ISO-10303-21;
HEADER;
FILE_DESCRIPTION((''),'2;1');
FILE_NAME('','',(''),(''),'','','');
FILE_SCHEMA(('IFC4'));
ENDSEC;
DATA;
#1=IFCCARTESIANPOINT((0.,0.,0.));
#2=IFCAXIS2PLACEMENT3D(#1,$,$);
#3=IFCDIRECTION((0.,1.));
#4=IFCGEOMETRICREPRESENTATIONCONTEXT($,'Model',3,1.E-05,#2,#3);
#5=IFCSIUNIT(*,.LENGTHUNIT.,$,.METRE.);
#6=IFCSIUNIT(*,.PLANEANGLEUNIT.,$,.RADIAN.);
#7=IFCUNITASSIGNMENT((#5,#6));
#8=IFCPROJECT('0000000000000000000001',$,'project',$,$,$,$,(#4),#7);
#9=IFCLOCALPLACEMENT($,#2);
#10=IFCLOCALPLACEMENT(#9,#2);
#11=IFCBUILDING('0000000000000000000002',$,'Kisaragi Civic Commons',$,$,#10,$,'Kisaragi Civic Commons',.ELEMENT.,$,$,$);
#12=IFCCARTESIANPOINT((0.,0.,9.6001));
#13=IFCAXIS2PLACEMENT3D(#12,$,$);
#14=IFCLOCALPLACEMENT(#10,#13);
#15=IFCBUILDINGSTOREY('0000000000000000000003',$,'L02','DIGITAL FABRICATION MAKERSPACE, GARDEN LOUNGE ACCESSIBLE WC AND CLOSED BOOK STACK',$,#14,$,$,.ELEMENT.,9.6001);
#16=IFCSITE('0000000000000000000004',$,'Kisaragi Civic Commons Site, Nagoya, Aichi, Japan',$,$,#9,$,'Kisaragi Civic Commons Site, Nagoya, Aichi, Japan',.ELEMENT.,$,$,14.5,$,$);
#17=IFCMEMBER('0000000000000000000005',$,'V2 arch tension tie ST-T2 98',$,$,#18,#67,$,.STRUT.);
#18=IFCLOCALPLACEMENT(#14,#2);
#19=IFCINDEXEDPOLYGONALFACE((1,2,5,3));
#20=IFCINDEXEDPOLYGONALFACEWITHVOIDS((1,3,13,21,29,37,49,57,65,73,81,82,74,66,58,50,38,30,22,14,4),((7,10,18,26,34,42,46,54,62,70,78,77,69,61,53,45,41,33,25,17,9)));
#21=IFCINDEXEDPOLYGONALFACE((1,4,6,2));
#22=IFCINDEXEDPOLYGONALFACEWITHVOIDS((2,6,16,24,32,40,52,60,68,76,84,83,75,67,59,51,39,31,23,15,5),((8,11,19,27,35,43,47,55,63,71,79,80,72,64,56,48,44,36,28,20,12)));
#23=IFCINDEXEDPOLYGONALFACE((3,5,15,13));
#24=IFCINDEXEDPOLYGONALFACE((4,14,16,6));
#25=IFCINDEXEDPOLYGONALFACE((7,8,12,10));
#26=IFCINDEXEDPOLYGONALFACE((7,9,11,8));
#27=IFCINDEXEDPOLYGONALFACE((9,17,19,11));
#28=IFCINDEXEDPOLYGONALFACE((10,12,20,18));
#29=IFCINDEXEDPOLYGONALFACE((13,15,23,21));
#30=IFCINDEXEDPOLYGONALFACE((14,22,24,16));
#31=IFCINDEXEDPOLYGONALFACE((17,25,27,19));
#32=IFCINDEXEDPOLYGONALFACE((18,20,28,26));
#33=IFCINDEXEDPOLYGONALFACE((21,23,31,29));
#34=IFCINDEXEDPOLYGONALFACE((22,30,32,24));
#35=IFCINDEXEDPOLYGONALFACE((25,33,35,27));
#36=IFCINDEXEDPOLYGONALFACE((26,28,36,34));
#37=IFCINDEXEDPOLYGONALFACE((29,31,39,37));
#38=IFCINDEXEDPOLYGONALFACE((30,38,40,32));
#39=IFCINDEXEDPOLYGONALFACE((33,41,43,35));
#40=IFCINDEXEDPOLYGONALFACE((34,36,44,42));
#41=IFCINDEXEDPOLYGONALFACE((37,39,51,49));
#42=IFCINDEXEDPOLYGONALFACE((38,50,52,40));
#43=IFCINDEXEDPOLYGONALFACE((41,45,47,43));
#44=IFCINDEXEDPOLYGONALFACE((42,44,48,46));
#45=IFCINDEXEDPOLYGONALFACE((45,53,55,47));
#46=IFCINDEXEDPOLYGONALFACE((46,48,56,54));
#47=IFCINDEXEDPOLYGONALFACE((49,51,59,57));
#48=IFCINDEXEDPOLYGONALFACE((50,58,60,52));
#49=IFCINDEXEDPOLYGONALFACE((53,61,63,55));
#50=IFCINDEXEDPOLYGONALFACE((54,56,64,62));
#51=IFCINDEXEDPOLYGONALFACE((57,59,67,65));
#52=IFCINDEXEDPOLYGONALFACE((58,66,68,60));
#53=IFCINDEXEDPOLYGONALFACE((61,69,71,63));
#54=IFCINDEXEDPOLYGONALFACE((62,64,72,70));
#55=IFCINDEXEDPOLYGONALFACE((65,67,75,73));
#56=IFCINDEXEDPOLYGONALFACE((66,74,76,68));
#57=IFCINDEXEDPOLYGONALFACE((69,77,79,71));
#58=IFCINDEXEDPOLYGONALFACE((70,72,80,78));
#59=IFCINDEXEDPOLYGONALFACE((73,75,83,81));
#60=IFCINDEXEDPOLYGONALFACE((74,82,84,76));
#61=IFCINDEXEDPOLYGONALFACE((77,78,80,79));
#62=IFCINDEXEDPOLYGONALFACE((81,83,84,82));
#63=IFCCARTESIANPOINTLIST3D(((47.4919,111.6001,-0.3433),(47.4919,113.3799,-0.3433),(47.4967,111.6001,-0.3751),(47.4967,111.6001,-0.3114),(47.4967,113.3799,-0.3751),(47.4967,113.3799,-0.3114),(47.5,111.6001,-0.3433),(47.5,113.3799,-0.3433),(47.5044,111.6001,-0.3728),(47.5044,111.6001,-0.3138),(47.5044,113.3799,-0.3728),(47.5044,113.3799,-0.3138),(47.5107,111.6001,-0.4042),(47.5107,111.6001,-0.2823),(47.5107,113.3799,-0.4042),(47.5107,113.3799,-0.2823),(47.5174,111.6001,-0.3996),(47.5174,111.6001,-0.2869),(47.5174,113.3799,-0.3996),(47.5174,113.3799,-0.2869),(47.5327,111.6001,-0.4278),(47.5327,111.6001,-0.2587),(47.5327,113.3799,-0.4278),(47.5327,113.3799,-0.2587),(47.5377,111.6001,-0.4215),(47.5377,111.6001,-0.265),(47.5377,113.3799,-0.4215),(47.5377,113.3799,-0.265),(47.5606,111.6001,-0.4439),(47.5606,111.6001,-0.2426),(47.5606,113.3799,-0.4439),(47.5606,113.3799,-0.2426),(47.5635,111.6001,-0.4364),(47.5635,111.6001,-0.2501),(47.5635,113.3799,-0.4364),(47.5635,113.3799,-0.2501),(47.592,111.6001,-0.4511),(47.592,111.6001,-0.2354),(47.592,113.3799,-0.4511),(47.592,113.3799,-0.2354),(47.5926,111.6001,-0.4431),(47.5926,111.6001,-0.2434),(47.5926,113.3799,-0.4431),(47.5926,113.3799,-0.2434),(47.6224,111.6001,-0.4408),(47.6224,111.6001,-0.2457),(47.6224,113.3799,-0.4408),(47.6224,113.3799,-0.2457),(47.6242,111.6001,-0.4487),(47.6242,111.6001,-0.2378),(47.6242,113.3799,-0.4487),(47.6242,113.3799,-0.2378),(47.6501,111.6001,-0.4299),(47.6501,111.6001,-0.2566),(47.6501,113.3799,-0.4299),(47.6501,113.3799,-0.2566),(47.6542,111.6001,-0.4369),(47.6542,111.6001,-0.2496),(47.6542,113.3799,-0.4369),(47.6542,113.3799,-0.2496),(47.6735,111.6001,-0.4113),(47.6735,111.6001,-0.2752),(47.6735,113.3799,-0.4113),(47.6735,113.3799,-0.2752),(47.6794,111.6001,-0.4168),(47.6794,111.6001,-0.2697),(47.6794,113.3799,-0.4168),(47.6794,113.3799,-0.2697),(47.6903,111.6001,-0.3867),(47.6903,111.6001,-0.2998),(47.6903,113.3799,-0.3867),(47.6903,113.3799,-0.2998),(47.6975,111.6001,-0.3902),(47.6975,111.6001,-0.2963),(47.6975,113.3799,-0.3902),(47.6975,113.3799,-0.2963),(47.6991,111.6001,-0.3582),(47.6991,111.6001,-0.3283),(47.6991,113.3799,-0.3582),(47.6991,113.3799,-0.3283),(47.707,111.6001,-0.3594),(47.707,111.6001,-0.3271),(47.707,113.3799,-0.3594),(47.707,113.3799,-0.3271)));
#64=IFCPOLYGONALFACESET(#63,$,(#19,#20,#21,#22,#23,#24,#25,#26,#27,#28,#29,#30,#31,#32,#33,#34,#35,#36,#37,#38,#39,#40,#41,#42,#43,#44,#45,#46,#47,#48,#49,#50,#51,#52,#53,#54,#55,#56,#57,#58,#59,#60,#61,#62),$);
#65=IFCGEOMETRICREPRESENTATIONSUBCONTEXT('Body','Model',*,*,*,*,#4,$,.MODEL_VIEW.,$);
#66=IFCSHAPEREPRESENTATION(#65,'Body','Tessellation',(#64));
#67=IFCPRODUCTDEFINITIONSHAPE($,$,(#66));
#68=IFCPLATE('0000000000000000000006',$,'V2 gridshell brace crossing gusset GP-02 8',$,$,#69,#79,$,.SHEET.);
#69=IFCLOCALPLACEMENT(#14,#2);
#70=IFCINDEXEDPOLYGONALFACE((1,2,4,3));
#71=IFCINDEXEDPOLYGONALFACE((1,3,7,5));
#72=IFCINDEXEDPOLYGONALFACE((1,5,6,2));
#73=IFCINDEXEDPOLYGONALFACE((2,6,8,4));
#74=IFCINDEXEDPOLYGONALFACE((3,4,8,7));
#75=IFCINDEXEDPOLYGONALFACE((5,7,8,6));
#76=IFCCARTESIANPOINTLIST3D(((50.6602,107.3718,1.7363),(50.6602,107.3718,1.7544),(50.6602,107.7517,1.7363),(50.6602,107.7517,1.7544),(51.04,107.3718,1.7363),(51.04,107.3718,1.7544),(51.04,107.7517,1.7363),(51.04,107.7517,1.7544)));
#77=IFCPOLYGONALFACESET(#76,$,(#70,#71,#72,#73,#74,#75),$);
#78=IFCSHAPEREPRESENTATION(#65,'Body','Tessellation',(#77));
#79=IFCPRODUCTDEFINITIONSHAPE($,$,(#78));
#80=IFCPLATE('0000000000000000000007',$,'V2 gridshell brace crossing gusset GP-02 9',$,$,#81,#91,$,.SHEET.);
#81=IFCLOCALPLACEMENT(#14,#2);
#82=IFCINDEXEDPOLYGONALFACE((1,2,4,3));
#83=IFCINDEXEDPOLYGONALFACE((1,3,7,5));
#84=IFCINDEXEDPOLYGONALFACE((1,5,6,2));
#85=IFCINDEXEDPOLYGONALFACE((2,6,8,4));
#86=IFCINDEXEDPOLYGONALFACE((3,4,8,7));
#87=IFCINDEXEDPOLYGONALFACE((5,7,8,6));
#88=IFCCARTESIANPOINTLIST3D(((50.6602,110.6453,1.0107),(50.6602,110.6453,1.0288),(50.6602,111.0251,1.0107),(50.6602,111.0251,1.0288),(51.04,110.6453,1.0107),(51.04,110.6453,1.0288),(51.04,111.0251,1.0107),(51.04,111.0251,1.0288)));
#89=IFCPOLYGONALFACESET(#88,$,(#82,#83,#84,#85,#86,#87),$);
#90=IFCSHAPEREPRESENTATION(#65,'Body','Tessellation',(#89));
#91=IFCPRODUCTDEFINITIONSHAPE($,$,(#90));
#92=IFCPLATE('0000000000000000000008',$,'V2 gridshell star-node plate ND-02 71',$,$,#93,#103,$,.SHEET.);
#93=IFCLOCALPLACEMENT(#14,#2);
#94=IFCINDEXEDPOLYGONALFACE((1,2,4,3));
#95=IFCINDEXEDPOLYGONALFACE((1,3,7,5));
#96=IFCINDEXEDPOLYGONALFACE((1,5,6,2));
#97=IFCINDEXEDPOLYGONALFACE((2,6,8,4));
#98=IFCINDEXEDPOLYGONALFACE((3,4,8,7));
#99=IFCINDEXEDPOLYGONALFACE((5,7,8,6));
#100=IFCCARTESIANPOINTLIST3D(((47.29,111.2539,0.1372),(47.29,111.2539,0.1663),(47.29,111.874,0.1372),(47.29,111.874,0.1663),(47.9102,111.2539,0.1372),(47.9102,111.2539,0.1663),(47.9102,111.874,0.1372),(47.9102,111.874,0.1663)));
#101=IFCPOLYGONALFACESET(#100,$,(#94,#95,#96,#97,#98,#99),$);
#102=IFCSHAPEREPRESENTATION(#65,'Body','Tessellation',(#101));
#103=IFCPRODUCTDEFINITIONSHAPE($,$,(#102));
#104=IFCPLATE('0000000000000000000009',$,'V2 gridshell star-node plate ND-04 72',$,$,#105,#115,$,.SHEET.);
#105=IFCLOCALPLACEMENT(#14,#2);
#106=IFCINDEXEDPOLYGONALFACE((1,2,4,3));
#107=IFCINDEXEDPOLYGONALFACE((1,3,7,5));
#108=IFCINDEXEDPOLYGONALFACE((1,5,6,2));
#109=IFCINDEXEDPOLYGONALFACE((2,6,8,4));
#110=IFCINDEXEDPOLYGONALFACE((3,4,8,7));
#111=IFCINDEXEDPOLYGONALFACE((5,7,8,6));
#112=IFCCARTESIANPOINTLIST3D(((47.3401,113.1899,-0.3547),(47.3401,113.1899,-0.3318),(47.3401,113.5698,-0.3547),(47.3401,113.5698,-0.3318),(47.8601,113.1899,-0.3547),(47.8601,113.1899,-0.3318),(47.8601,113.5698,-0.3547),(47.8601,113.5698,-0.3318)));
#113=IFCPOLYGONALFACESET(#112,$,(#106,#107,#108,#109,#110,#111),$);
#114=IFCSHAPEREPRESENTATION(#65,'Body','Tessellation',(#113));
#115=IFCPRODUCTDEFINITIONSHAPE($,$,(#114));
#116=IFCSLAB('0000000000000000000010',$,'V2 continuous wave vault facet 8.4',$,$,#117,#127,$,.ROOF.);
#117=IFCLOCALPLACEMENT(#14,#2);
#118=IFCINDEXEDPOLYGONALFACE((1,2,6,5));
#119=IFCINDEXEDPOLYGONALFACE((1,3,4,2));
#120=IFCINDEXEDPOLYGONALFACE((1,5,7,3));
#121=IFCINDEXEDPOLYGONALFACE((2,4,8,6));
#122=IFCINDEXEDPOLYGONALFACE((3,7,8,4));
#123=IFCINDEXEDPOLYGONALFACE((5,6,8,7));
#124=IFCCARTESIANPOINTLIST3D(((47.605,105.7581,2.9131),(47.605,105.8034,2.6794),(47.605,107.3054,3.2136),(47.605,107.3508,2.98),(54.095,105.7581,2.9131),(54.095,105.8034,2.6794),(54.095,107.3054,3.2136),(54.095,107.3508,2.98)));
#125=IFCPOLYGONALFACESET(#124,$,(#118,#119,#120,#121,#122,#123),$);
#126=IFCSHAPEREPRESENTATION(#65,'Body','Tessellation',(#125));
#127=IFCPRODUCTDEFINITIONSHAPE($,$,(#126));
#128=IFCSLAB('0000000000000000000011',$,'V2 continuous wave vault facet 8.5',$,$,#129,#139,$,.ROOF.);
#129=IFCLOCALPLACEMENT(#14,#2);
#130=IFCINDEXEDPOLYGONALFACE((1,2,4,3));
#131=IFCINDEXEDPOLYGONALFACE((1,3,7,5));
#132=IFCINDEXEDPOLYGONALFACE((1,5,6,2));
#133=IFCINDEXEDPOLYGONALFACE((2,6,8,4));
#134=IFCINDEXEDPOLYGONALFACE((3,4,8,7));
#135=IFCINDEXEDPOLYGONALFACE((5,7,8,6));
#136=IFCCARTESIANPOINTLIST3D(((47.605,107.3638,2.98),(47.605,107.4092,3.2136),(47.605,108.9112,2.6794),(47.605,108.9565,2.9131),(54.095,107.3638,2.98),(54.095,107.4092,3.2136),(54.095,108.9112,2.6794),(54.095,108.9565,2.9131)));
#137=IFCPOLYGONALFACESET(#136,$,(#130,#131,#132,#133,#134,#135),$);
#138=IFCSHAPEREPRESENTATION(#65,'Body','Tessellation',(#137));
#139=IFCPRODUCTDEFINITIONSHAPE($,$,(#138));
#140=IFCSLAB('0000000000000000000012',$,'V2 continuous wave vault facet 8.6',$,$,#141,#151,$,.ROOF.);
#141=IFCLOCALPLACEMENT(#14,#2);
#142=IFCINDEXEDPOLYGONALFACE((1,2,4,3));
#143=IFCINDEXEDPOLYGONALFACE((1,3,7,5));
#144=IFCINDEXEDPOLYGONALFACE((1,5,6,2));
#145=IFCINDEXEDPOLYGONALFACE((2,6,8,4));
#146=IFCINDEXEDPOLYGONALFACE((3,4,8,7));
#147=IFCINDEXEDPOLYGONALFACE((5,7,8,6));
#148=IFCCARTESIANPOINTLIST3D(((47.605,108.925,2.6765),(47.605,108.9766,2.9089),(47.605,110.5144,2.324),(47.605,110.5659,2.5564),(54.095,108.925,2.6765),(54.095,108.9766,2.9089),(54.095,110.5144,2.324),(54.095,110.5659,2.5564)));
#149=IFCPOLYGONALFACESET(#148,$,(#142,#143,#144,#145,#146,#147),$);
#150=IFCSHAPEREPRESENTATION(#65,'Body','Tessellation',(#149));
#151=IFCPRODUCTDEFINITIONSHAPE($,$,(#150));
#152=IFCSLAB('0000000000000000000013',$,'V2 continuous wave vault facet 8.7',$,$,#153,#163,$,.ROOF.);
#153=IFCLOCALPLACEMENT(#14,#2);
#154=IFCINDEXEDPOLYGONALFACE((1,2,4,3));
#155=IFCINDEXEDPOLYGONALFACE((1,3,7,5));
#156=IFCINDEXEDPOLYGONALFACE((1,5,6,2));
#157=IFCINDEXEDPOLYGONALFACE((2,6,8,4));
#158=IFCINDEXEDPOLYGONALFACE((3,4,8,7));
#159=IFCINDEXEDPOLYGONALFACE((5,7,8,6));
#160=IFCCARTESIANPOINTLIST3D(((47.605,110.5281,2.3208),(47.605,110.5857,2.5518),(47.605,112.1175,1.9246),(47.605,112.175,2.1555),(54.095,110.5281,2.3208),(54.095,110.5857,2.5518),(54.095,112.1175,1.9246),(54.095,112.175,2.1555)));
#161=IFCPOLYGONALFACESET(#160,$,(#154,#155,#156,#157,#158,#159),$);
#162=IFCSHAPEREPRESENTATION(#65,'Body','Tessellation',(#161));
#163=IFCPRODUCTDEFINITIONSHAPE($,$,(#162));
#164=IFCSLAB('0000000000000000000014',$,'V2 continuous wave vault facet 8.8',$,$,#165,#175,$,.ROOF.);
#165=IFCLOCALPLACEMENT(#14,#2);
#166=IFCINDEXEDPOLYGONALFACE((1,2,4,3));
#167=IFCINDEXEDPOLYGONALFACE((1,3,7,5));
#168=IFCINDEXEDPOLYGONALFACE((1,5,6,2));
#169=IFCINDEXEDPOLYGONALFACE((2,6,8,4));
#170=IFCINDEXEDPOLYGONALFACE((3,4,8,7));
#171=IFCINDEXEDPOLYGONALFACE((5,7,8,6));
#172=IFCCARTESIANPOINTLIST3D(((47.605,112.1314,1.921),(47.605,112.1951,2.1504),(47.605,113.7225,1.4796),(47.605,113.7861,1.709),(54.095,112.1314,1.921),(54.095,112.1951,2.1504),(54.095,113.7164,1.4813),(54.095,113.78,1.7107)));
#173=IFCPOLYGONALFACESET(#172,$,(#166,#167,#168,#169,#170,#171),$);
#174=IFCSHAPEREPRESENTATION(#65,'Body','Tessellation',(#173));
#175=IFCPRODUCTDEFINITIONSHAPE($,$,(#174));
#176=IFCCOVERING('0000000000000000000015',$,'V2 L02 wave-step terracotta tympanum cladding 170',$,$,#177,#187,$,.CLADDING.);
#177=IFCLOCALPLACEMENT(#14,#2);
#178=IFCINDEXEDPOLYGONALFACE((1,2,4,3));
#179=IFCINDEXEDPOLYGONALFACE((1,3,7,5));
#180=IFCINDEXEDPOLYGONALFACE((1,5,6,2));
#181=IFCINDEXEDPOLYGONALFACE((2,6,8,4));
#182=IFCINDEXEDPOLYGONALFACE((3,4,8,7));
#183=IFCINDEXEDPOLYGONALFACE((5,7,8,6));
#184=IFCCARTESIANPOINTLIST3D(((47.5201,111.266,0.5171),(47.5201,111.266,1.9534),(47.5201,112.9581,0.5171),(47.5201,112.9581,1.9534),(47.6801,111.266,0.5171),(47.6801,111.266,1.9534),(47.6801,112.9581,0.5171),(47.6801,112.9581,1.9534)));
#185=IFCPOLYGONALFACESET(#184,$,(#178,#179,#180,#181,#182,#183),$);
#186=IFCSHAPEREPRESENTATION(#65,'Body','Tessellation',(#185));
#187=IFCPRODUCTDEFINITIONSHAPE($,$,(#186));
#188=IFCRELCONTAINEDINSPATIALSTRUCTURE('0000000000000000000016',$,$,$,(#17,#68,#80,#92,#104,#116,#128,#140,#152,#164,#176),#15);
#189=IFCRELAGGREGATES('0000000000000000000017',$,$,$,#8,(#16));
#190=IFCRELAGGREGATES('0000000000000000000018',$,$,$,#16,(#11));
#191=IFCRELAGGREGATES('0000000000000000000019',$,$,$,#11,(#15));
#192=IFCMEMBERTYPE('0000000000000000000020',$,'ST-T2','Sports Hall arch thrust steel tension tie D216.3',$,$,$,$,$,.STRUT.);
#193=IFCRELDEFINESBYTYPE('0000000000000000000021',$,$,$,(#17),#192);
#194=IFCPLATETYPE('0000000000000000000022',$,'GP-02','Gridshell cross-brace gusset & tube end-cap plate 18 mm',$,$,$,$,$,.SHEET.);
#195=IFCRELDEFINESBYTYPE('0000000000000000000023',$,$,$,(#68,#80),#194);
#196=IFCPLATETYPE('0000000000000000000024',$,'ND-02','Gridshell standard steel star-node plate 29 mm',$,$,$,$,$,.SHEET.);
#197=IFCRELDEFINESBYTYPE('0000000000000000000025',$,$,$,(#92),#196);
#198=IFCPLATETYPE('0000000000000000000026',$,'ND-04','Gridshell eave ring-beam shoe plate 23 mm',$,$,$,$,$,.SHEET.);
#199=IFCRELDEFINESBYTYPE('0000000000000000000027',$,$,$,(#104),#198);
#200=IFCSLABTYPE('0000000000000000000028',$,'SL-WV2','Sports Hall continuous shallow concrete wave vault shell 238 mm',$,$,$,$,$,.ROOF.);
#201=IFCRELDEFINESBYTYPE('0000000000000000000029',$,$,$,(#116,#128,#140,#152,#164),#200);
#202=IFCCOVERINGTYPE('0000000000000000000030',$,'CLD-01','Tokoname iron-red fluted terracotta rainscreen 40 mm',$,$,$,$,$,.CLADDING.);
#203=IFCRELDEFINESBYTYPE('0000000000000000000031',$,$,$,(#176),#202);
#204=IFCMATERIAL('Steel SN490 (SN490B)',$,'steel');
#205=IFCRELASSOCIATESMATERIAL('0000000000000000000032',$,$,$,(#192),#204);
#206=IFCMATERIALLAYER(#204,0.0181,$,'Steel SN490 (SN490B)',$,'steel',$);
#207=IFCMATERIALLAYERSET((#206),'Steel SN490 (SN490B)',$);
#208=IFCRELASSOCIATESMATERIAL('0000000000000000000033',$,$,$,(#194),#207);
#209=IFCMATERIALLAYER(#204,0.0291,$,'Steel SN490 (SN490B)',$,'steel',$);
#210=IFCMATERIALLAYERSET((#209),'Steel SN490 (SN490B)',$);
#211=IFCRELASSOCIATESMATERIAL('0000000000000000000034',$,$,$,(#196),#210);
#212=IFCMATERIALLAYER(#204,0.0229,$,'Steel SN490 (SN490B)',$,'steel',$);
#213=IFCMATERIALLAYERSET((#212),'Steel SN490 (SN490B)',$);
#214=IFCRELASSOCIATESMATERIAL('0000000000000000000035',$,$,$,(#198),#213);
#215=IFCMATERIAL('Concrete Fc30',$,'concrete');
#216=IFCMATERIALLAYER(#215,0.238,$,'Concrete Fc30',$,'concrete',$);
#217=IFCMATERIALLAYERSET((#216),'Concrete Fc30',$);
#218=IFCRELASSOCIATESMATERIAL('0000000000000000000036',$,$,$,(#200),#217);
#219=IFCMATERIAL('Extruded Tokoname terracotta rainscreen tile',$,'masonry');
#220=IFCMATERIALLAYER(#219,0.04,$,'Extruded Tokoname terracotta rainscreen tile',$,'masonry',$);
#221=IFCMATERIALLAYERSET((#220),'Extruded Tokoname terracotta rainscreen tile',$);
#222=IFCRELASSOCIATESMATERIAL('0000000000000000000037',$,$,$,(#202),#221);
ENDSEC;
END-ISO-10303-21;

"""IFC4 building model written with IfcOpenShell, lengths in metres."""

from ifc_helpers import new_model, si_unit, direction, frame, origin, origin_2d, place, context, subcontext, project, spatial, polyline, rectangle, hollow_circle, outline, extrude, material, layer, layer_set, material_profile, profile_set, type_object, element, save


model = new_model("IFC4")

# Units and contexts
model_context = context("Model", 3, precision=1e-05, world=origin(), true_north=direction((0.0, 1.0)))
body_context = subcontext(model_context, "Body", "Model", "MODEL_VIEW")
ifc_project = project(units=[si_unit("LENGTHUNIT", "METRE"), si_unit("PLANEANGLEUNIT", "RADIAN")], contexts=[model_context])

# Site, building, storey
site_placement = place(None, origin())
site = spatial("IfcSite", under=ifc_project, at=site_placement, Name="Kisaragi Civic Commons Site, Nagoya, Aichi, Japan", LongName="Kisaragi Civic Commons Site, Nagoya, Aichi, Japan", CompositionType="ELEMENT", RefElevation=14.5)
building_placement = place(site_placement, origin())
building = spatial("IfcBuilding", under=site, at=building_placement, Name="Kisaragi Civic Commons", LongName="Kisaragi Civic Commons", CompositionType="ELEMENT")
storey_placement = place(building_placement, frame((0.0, 0.0, 9.6001)))
storey = spatial("IfcBuildingStorey", under=building, at=storey_placement, Name="L02", Description="DIGITAL FABRICATION MAKERSPACE, GARDEN LOUNGE ACCESSIBLE WC AND CLOSED BOOK STACK", CompositionType="ELEMENT", Elevation=9.6001)

# Member
ifc_material_1 = material(Name="Steel SN490 (SN490B)", Category="steel")
ifc_material_profile_1 = material_profile(ifc_material_1, hollow_circle(Radius=0.1082, WallThickness=0.0081, at=origin_2d()), Name="CHS-216.3x8.0", Category="steel")
ifc_profile_set_1 = profile_set([ifc_material_profile_1], Name="Steel SN490 (SN490B)")
member_type_1 = type_object("IfcMemberType", Name="ST-T2", Description="Sports Hall arch thrust steel tension tie D216.3", PredefinedType="STRUT", material=ifc_profile_set_1)
member_1_placement = place(storey_placement, frame((47.6001, 111.6001, -0.3433), z_axis=(0.0, 1.0, 0.0), x_axis=(-1.0, 0.0, 0.0)))
element("IfcMember", 1, at=member_1_placement, inside=storey, type_object=member_type_1, Name="V2 arch tension tie ST-T2 98", PredefinedType="STRUT", context=body_context, shape_type="SweptSolid", body=[
    extrude(hollow_circle(Radius=0.1082, WallThickness=0.0081, at=origin_2d()), origin(), (0.0, 0.0, 1.0), 1.7798),
])

# Plates
ifc_layer_1 = layer(ifc_material_1, 0.0181, Name="Steel SN490 (SN490B)", Category="steel")
ifc_layer_set_1 = layer_set([ifc_layer_1], Name="Steel SN490 (SN490B)")
plate_type_1 = type_object("IfcPlateType", Name="GP-02", Description="Gridshell cross-brace gusset & tube end-cap plate 18 mm", PredefinedType="SHEET", material=ifc_layer_set_1)
for number, where, z_axis, x_axis, name in (
    (2, (50.8501, 107.5618, 1.7363), (0.0, 0.0, 1.0), (1.0, 0.0, 0.0), "V2 gridshell brace crossing gusset GP-02 8"),
    (3, (50.8501, 110.8352, 1.0107), (0.0, 0.0, 1.0), (1.0, 0.0, 0.0), "V2 gridshell brace crossing gusset GP-02 9"),
):
    element("IfcPlate", number, at=place(storey_placement, frame(where, z_axis=z_axis, x_axis=x_axis)), inside=storey, type_object=plate_type_1, Name=name, PredefinedType="SHEET", context=body_context, shape_type="SweptSolid", body=[
        extrude(rectangle(XDim=0.3799, YDim=0.3799, at=origin_2d()), origin(), (0.0, 0.0, 1.0), 0.0181),
    ])
ifc_layer_2 = layer(ifc_material_1, 0.0291, Name="Steel SN490 (SN490B)", Category="steel")
ifc_layer_set_2 = layer_set([ifc_layer_2], Name="Steel SN490 (SN490B)")
plate_type_2 = type_object("IfcPlateType", Name="ND-02", Description="Gridshell standard steel star-node plate 29 mm", PredefinedType="SHEET", material=ifc_layer_set_2)
plate_1_placement = place(storey_placement, frame((47.6001, 111.564, 0.1372), z_axis=(0.0, 0.0, 1.0), x_axis=(1.0, 0.0, 0.0)))
element("IfcPlate", 4, at=plate_1_placement, inside=storey, type_object=plate_type_2, Name="V2 gridshell star-node plate ND-02 71", PredefinedType="SHEET", context=body_context, shape_type="SweptSolid", body=[
    extrude(rectangle(XDim=0.6201, YDim=0.6201, at=origin_2d()), origin(), (0.0, 0.0, 1.0), 0.0291),
])
ifc_layer_3 = layer(ifc_material_1, 0.0229, Name="Steel SN490 (SN490B)", Category="steel")
ifc_layer_set_3 = layer_set([ifc_layer_3], Name="Steel SN490 (SN490B)")
plate_type_3 = type_object("IfcPlateType", Name="ND-04", Description="Gridshell eave ring-beam shoe plate 23 mm", PredefinedType="SHEET", material=ifc_layer_set_3)
plate_2_placement = place(storey_placement, frame((47.6001, 113.3799, -0.3547), z_axis=(0.0, 0.0, 1.0), x_axis=(1.0, 0.0, 0.0)))
element("IfcPlate", 5, at=plate_2_placement, inside=storey, type_object=plate_type_3, Name="V2 gridshell star-node plate ND-04 72", PredefinedType="SHEET", context=body_context, shape_type="SweptSolid", body=[
    extrude(rectangle(XDim=0.52, YDim=0.3799, at=origin_2d()), origin(), (0.0, 0.0, 1.0), 0.0229),
])

# Slabs
ifc_material_2 = material(Name="Concrete Fc30", Category="concrete")
ifc_layer_4 = layer(ifc_material_2, 0.238, Name="Concrete Fc30", Category="concrete")
ifc_layer_set_4 = layer_set([ifc_layer_4], Name="Concrete Fc30")
slab_type = type_object("IfcSlabType", Name="SL-WV2", Description="Sports Hall continuous shallow concrete wave vault shell 238 mm", PredefinedType="ROOF", material=ifc_layer_set_4)
for number, where, z_axis, x_axis, name in (
    (6, (54.095, 107.3054, 3.2136), (0.0, -0.190662, 0.981656), (-1.0, 0.0, 0.0), "V2 continuous wave vault facet 8.4"),
    (7, (54.095, 108.9565, 2.9131), (0.0, 0.190662, 0.981656), (-1.0, 0.0, 0.0), "V2 continuous wave vault facet 8.5"),
):
    element("IfcSlab", number, at=place(storey_placement, frame(where, z_axis=z_axis, x_axis=x_axis)), inside=storey, type_object=slab_type, Name=name, PredefinedType="ROOF", context=body_context, shape_type="SweptSolid", body=[
        extrude(outline(polyline([(0.0, 0.0), (6.49, 0.0), (6.49, 1.5763), (0.0, 1.5763), (0.0, 0.0)])), origin(), (0.0, 0.0, -1.0), 0.238),
    ])
slab_1_placement = place(storey_placement, frame((54.095, 110.5659, 2.5564), z_axis=(0.0, 0.216549, 0.976272), x_axis=(-1.0, 0.0, 0.0)))
element("IfcSlab", 8, at=slab_1_placement, inside=storey, type_object=slab_type, Name="V2 continuous wave vault facet 8.6", PredefinedType="ROOF", context=body_context, shape_type="SweptSolid", body=[
    extrude(outline(polyline([(0.0, 0.0), (6.49, 0.0), (6.49, 1.628), (0.0, 1.628), (0.0, 0.0)])), origin(), (0.0, 0.0, -1.0), 0.238),
])
slab_2_placement = place(storey_placement, frame((54.095, 112.175, 2.1555), z_axis=(0.0, 0.241904, 0.9703), x_axis=(-1.0, 0.0, 0.0)))
element("IfcSlab", 9, at=slab_2_placement, inside=storey, type_object=slab_type, Name="V2 continuous wave vault facet 8.7", PredefinedType="ROOF", context=body_context, shape_type="SweptSolid", body=[
    extrude(outline(polyline([(0.0, 0.0), (6.49, 0.0), (6.49, 1.638), (0.0, 1.638), (0.0, 0.0)])), origin(), (0.0, 0.0, -1.0), 0.238),
])
slab_3_placement = place(storey_placement, frame((47.605, 113.7861, 1.709), z_axis=(-0.000001, 0.267327, 0.963606), x_axis=(0.0, -0.963606, 0.267327)))
element("IfcSlab", 10, at=slab_3_placement, inside=storey, type_object=slab_type, Name="V2 continuous wave vault facet 8.8", PredefinedType="ROOF", context=body_context, shape_type="SweptSolid", body=[
    extrude(outline(polyline([(0.0, 0.0), (1.6512, 0.0), (1.6512, 6.49), (0.0063, 6.49), (0.0, 0.0)])), origin(), (0.0, 0.0, -1.0), 0.238),
])

# Covering
ifc_material_3 = material(Name="Extruded Tokoname terracotta rainscreen tile", Category="masonry")
ifc_layer_5 = layer(ifc_material_3, 0.04, Name="Extruded Tokoname terracotta rainscreen tile", Category="masonry")
ifc_layer_set_5 = layer_set([ifc_layer_5], Name="Extruded Tokoname terracotta rainscreen tile")
covering_type = type_object("IfcCoveringType", Name="CLD-01", Description="Tokoname iron-red fluted terracotta rainscreen 40 mm", PredefinedType="CLADDING", material=ifc_layer_set_5)
covering_1_placement = place(storey_placement, frame((47.6001, 112.1121, 0.5171), z_axis=(0.0, 0.0, 1.0), x_axis=(0.0, 1.0, 0.0)))
element("IfcCovering", 11, at=covering_1_placement, inside=storey, type_object=covering_type, Name="V2 L02 wave-step terracotta tympanum cladding 170", PredefinedType="CLADDING", context=body_context, shape_type="SweptSolid", body=[
    extrude(rectangle(XDim=1.6921, YDim=0.1599, at=origin_2d()), origin(), (0.0, 0.0, 1.0), 1.4363),
])

save(model, "model.ifc")
